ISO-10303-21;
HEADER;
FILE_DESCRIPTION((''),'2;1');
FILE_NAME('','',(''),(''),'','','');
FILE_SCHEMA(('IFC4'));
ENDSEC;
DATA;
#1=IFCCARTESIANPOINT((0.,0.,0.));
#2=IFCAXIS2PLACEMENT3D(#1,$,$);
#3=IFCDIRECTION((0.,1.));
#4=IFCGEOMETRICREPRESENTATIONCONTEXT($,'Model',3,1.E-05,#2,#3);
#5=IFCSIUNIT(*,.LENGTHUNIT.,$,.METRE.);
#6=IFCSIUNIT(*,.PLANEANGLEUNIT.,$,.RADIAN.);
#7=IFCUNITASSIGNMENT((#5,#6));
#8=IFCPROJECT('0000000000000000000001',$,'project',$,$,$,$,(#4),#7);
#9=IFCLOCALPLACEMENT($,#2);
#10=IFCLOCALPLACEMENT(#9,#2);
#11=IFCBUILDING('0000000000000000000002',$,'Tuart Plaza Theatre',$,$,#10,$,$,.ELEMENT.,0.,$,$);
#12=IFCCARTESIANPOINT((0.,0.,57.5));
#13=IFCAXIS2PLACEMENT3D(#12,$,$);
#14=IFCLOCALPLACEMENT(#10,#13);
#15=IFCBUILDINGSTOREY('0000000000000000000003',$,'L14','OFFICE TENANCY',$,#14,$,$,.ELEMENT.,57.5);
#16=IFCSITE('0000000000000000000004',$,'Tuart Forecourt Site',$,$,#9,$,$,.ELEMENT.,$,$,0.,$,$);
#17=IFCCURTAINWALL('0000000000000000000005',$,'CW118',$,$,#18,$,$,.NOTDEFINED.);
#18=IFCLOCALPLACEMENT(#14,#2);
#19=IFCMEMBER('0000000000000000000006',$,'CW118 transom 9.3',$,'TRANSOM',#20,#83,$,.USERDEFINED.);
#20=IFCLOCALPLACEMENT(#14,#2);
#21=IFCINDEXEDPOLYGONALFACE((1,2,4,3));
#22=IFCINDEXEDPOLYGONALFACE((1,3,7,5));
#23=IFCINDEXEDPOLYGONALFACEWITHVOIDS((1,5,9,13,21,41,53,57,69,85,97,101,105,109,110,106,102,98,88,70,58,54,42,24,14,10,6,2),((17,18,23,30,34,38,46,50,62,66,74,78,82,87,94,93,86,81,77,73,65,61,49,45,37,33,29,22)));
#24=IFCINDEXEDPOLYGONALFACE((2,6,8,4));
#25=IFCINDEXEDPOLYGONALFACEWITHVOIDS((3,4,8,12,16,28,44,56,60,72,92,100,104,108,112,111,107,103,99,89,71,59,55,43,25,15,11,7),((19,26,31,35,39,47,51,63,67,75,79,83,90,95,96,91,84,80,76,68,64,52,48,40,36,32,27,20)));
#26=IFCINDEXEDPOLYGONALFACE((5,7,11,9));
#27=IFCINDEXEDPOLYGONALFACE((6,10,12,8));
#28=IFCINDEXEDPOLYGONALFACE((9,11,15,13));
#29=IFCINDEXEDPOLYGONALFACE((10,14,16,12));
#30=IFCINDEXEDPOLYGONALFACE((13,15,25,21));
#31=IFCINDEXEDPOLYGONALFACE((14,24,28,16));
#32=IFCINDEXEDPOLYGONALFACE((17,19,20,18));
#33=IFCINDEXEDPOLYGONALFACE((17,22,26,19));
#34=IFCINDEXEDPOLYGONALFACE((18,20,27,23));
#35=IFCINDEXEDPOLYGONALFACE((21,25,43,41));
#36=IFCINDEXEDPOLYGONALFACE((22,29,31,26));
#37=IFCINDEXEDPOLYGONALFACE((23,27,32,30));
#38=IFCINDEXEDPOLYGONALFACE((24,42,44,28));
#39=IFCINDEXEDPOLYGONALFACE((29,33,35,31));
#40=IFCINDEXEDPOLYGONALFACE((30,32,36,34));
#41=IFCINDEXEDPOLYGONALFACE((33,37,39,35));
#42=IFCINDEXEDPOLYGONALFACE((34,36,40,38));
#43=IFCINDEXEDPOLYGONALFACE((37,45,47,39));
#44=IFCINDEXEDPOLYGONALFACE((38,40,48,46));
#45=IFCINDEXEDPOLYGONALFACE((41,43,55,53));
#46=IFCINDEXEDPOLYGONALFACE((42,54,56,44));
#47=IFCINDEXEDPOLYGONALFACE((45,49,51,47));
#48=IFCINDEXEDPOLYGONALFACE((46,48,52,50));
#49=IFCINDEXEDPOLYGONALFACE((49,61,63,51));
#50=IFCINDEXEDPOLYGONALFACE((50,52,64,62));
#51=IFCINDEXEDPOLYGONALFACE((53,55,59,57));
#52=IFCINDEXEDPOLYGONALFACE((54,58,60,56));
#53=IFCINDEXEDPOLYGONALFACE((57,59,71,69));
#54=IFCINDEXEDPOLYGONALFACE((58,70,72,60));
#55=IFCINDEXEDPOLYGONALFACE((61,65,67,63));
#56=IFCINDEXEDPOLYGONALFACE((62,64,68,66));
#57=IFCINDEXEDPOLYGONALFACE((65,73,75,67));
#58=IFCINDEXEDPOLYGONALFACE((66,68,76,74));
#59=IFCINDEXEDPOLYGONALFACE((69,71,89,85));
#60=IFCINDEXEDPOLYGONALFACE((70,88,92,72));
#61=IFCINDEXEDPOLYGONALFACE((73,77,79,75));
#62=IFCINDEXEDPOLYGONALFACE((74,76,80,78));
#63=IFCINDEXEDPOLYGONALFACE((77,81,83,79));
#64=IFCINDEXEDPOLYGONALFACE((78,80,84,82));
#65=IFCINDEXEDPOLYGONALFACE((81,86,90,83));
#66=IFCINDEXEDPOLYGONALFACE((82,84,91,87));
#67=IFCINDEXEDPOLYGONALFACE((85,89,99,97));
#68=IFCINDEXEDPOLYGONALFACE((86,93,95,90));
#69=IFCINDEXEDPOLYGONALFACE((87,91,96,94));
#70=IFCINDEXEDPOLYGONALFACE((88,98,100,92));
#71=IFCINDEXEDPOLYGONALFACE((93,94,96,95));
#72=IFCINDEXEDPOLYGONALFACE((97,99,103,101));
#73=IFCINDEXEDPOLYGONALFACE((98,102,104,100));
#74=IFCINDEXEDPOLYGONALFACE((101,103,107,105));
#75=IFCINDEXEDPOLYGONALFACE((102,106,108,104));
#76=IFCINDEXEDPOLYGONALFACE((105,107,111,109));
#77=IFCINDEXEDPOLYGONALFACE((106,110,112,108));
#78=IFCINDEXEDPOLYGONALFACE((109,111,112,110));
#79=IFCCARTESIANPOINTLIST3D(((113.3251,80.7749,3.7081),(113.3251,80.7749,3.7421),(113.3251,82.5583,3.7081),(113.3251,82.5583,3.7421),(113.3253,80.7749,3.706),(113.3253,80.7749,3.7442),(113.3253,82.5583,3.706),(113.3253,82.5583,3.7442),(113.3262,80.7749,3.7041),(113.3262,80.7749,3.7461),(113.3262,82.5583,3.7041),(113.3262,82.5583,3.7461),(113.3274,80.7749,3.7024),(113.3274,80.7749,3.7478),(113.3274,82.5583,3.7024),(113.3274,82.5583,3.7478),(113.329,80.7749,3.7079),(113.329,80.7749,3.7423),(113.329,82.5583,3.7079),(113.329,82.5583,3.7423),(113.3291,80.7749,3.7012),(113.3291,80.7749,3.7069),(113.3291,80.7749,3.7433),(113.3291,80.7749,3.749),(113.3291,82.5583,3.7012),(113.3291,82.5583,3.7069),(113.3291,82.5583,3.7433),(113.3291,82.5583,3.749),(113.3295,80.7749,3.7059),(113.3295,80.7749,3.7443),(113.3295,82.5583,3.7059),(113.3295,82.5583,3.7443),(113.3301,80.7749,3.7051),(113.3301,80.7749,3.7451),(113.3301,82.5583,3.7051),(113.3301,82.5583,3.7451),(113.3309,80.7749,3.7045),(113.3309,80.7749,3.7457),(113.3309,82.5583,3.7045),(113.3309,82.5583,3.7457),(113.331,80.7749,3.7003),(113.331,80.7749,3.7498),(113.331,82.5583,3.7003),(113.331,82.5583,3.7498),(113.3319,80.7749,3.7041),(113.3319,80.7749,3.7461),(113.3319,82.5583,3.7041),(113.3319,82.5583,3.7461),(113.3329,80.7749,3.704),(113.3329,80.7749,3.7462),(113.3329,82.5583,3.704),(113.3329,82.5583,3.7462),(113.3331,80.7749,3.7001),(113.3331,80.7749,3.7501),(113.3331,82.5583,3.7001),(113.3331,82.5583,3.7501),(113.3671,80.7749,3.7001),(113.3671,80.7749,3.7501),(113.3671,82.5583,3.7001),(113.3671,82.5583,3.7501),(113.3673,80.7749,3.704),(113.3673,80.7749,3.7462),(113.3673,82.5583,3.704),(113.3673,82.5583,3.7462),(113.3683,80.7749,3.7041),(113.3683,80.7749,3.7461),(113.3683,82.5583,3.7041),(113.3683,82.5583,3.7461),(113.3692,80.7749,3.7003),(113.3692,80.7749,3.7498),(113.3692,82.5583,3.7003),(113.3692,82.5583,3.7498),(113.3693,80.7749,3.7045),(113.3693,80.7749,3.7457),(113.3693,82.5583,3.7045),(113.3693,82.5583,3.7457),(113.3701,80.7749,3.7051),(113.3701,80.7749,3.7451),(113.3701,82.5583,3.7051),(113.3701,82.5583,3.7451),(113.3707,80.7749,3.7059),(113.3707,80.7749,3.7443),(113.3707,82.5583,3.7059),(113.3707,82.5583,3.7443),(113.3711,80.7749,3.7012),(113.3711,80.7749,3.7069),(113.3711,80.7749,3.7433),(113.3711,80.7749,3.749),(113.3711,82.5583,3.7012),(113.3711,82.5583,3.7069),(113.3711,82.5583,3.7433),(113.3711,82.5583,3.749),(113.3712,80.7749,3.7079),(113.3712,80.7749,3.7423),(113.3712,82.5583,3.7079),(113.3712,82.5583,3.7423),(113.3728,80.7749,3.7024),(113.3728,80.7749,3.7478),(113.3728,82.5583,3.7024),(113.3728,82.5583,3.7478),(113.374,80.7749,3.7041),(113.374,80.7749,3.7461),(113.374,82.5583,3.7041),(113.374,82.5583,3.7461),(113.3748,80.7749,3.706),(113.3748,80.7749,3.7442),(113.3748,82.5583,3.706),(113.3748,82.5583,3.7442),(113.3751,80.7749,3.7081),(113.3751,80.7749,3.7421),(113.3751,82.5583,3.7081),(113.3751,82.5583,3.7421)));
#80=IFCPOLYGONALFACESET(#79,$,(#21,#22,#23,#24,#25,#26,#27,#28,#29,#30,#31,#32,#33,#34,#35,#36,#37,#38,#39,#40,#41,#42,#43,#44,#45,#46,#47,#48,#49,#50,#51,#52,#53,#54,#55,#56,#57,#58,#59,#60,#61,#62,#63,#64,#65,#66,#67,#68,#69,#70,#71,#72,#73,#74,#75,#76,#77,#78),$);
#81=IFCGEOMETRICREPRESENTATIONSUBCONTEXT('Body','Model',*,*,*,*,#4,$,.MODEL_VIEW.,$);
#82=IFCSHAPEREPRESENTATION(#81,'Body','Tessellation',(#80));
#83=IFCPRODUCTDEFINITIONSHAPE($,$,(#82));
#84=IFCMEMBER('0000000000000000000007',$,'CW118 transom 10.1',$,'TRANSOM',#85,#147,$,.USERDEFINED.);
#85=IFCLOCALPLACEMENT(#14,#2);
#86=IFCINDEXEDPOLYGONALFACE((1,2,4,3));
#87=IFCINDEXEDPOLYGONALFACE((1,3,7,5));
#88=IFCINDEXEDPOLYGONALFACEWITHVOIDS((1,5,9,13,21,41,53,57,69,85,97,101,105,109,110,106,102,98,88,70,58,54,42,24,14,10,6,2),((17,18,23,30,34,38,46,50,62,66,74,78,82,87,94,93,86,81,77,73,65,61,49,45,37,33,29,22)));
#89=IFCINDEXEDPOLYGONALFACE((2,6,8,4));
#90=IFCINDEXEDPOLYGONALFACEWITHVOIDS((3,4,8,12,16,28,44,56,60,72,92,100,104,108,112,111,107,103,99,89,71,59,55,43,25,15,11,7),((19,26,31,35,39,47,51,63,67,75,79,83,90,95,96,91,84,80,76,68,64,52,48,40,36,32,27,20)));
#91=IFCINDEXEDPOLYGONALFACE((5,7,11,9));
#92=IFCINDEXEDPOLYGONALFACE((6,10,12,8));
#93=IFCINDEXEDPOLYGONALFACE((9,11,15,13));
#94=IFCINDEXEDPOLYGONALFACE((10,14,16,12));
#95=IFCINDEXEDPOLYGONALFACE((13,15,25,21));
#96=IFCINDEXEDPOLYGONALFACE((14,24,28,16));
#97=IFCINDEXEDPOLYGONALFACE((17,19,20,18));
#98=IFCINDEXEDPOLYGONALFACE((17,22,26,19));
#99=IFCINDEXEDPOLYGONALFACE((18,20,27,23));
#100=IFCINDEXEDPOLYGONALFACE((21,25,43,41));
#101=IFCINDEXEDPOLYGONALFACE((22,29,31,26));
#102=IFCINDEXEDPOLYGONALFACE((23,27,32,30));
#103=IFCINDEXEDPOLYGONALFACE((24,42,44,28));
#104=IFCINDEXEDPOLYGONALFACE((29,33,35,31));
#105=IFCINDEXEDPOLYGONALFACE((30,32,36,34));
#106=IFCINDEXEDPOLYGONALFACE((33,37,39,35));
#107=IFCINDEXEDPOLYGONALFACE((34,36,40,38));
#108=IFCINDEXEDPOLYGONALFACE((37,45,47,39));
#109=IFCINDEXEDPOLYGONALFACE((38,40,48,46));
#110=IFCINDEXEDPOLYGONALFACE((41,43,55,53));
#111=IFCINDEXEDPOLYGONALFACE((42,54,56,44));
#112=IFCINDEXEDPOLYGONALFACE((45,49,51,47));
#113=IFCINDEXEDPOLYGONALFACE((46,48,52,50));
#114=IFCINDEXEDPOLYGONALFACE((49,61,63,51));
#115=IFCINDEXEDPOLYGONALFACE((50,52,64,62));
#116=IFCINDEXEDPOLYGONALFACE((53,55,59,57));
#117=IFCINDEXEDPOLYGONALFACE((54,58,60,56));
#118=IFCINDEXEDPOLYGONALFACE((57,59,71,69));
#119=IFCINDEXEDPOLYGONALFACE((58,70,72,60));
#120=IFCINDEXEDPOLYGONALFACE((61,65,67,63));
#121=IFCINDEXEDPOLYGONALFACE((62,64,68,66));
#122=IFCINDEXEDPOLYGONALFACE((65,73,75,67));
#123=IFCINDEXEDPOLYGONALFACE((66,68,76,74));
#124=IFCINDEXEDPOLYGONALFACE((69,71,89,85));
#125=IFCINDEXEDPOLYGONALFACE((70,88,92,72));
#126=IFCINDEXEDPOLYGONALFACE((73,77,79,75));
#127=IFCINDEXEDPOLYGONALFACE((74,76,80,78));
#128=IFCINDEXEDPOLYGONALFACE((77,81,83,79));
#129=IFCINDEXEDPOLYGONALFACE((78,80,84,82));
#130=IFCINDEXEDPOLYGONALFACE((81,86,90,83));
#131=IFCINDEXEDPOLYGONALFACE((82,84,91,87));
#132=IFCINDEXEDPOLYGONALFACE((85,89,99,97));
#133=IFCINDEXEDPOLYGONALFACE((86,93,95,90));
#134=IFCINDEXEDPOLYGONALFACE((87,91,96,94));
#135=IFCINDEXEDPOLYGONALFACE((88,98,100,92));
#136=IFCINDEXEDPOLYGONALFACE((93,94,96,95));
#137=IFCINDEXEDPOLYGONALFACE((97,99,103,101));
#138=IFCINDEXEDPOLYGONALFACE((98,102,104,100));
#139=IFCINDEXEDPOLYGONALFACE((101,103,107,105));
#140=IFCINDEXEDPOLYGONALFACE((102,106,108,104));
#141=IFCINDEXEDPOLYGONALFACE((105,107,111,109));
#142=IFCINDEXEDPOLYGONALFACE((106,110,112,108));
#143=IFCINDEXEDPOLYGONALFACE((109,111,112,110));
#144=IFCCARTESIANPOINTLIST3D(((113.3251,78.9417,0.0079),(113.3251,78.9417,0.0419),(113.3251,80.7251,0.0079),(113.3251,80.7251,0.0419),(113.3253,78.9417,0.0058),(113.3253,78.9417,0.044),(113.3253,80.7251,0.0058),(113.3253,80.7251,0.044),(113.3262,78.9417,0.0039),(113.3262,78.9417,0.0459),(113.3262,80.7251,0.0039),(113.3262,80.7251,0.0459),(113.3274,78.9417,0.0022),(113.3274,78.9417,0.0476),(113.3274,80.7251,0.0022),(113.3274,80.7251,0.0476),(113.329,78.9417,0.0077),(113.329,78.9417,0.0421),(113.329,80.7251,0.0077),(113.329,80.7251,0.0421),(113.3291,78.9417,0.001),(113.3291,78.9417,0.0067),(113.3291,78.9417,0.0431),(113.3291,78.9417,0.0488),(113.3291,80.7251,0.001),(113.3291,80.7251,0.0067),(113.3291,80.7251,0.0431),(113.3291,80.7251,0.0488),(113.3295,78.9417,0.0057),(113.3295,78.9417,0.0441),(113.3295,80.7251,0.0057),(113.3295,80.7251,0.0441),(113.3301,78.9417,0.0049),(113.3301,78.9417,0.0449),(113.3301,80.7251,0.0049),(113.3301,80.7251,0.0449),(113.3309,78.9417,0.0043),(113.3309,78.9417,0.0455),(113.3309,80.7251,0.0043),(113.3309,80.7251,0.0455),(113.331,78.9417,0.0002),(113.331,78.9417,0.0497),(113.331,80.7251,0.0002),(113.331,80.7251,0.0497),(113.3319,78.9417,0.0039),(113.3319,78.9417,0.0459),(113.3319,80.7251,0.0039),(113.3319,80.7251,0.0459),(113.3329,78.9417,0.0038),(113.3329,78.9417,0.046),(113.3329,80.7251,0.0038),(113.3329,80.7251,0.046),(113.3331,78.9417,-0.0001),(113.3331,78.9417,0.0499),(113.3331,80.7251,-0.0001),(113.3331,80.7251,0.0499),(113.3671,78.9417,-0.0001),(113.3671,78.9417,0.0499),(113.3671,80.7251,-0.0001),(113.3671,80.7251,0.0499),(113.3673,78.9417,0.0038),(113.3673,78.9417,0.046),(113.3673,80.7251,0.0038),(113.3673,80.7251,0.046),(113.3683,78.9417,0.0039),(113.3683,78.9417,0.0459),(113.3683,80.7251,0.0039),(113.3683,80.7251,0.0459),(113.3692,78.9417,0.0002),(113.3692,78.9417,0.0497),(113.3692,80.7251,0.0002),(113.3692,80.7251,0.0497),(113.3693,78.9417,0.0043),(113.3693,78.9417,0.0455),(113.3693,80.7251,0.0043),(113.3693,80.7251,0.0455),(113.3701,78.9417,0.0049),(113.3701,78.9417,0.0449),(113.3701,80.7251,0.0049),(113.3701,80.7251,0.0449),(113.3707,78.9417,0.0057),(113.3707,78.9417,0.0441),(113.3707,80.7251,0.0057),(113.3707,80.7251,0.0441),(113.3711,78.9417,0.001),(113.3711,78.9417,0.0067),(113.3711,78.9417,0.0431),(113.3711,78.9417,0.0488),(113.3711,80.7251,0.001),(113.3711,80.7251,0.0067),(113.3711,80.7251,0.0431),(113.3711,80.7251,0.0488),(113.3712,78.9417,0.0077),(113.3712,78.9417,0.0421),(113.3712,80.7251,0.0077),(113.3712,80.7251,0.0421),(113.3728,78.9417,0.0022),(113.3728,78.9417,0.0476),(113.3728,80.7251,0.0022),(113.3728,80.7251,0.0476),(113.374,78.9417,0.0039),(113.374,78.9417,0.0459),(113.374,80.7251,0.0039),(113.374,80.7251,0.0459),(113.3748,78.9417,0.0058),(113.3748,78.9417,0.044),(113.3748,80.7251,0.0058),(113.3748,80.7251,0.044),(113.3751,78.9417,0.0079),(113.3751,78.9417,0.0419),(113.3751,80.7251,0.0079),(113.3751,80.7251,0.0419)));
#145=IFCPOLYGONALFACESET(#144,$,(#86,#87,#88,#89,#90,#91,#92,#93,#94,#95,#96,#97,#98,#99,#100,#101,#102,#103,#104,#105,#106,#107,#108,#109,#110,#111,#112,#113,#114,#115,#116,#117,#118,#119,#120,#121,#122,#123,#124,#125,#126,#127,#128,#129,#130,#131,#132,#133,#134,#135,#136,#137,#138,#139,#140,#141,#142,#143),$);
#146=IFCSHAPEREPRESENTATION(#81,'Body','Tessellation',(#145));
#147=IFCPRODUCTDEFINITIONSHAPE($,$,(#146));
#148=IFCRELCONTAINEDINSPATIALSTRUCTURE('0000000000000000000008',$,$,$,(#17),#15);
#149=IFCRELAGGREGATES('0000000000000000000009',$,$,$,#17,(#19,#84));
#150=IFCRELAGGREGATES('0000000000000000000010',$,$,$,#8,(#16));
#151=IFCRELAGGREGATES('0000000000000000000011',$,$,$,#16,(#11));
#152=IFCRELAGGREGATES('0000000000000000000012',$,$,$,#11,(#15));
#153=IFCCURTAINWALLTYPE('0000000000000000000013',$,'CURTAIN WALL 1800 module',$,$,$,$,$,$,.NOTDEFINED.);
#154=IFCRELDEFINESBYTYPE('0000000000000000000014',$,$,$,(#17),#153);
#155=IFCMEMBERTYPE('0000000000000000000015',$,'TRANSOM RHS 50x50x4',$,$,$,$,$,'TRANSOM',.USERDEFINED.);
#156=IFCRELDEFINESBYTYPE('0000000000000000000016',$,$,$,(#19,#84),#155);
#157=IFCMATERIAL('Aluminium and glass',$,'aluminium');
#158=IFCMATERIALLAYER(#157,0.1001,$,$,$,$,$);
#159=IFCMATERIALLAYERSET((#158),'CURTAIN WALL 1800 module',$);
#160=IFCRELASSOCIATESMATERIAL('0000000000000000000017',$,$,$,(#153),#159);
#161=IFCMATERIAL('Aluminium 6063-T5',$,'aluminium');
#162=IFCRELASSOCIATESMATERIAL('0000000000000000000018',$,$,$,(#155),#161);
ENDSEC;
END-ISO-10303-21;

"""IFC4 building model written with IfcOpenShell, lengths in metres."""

from ifc_helpers import new_model, si_unit, direction, frame, origin, origin_2d, place, context, subcontext, project, spatial, hollow_rectangle, extrude, material, layer, layer_set, material_profile, profile_set, type_object, element, aggregate, save


model = new_model("IFC4")

# Units and contexts
model_context = context("Model", 3, precision=1e-05, world=origin(), true_north=direction((0.0, 1.0)))
body_context = subcontext(model_context, "Body", "Model", "MODEL_VIEW")
ifc_project = project(units=[si_unit("LENGTHUNIT", "METRE"), si_unit("PLANEANGLEUNIT", "RADIAN")], contexts=[model_context])

# Site, building, storey
site_placement = place(None, origin())
site = spatial("IfcSite", under=ifc_project, at=site_placement, Name="Tuart Forecourt Site", CompositionType="ELEMENT", RefElevation=0.0)
building_placement = place(site_placement, origin())
building = spatial("IfcBuilding", under=site, at=building_placement, Name="Tuart Plaza Theatre", CompositionType="ELEMENT", ElevationOfRefHeight=0.0)
storey_placement = place(building_placement, frame((0.0, 0.0, 57.5)))
storey = spatial("IfcBuildingStorey", under=building, at=storey_placement, Name="L14", Description="OFFICE TENANCY", CompositionType="ELEMENT", Elevation=57.5)

# Curtain wall, members
ifc_material_1 = material(Name="Aluminium and glass", Category="aluminium")
ifc_layer_1 = layer(ifc_material_1, 0.1001)
ifc_layer_set_1 = layer_set([ifc_layer_1], Name="CURTAIN WALL 1800 module")
curtain_wall_type = type_object("IfcCurtainWallType", Name="CURTAIN WALL 1800 module", PredefinedType="NOTDEFINED", material=ifc_layer_set_1)
curtain_wall_placement = place(storey_placement, origin())
curtain_wall = element("IfcCurtainWall", 1, at=curtain_wall_placement, inside=storey, type_object=curtain_wall_type, Name="CW118", PredefinedType="NOTDEFINED")
ifc_material_2 = material(Name="Aluminium 6063-T5", Category="aluminium")
ifc_material_profile = material_profile(ifc_material_2, hollow_rectangle(XDim=0.05, YDim=0.05, WallThickness=0.0039, InnerFilletRadius=0.0039, OuterFilletRadius=0.0081, at=origin_2d()), Name="RHS 50x50x4")
ifc_profile_set = profile_set([ifc_material_profile], Name="Aluminium 6063-T5")
member_type = type_object("IfcMemberType", Name="TRANSOM RHS 50x50x4", ElementType="TRANSOM", PredefinedType="USERDEFINED", material=ifc_profile_set)
member_1_placement = place(storey_placement, frame((113.3501, 82.5583, 3.7251), z_axis=(0.0, -1.0, 0.0), x_axis=(1.0, 0.0, 0.0)))
member_1 = element("IfcMember", 2, at=member_1_placement, type_object=member_type, Name="CW118 transom 9.3", ObjectType="TRANSOM", PredefinedType="USERDEFINED", context=body_context, shape_type="SweptSolid", body=[
    extrude(hollow_rectangle(XDim=0.05, YDim=0.05, WallThickness=0.0039, InnerFilletRadius=0.0039, OuterFilletRadius=0.0081, at=origin_2d()), origin(), (0.0, 0.0, 1.0), 1.7834),
])
member_2_placement = place(storey_placement, frame((113.3501, 80.7251, 0.0249), z_axis=(0.0, -1.0, 0.0), x_axis=(1.0, 0.0, 0.0)))
member_2 = element("IfcMember", 3, at=member_2_placement, type_object=member_type, Name="CW118 transom 10.1", ObjectType="TRANSOM", PredefinedType="USERDEFINED", context=body_context, shape_type="SweptSolid", body=[
    extrude(hollow_rectangle(XDim=0.05, YDim=0.05, WallThickness=0.0039, InnerFilletRadius=0.0039, OuterFilletRadius=0.0081, at=origin_2d()), origin(), (0.0, 0.0, 1.0), 1.7834),
])
aggregate(curtain_wall, [member_1, member_2])

save(model, "model.ifc")
